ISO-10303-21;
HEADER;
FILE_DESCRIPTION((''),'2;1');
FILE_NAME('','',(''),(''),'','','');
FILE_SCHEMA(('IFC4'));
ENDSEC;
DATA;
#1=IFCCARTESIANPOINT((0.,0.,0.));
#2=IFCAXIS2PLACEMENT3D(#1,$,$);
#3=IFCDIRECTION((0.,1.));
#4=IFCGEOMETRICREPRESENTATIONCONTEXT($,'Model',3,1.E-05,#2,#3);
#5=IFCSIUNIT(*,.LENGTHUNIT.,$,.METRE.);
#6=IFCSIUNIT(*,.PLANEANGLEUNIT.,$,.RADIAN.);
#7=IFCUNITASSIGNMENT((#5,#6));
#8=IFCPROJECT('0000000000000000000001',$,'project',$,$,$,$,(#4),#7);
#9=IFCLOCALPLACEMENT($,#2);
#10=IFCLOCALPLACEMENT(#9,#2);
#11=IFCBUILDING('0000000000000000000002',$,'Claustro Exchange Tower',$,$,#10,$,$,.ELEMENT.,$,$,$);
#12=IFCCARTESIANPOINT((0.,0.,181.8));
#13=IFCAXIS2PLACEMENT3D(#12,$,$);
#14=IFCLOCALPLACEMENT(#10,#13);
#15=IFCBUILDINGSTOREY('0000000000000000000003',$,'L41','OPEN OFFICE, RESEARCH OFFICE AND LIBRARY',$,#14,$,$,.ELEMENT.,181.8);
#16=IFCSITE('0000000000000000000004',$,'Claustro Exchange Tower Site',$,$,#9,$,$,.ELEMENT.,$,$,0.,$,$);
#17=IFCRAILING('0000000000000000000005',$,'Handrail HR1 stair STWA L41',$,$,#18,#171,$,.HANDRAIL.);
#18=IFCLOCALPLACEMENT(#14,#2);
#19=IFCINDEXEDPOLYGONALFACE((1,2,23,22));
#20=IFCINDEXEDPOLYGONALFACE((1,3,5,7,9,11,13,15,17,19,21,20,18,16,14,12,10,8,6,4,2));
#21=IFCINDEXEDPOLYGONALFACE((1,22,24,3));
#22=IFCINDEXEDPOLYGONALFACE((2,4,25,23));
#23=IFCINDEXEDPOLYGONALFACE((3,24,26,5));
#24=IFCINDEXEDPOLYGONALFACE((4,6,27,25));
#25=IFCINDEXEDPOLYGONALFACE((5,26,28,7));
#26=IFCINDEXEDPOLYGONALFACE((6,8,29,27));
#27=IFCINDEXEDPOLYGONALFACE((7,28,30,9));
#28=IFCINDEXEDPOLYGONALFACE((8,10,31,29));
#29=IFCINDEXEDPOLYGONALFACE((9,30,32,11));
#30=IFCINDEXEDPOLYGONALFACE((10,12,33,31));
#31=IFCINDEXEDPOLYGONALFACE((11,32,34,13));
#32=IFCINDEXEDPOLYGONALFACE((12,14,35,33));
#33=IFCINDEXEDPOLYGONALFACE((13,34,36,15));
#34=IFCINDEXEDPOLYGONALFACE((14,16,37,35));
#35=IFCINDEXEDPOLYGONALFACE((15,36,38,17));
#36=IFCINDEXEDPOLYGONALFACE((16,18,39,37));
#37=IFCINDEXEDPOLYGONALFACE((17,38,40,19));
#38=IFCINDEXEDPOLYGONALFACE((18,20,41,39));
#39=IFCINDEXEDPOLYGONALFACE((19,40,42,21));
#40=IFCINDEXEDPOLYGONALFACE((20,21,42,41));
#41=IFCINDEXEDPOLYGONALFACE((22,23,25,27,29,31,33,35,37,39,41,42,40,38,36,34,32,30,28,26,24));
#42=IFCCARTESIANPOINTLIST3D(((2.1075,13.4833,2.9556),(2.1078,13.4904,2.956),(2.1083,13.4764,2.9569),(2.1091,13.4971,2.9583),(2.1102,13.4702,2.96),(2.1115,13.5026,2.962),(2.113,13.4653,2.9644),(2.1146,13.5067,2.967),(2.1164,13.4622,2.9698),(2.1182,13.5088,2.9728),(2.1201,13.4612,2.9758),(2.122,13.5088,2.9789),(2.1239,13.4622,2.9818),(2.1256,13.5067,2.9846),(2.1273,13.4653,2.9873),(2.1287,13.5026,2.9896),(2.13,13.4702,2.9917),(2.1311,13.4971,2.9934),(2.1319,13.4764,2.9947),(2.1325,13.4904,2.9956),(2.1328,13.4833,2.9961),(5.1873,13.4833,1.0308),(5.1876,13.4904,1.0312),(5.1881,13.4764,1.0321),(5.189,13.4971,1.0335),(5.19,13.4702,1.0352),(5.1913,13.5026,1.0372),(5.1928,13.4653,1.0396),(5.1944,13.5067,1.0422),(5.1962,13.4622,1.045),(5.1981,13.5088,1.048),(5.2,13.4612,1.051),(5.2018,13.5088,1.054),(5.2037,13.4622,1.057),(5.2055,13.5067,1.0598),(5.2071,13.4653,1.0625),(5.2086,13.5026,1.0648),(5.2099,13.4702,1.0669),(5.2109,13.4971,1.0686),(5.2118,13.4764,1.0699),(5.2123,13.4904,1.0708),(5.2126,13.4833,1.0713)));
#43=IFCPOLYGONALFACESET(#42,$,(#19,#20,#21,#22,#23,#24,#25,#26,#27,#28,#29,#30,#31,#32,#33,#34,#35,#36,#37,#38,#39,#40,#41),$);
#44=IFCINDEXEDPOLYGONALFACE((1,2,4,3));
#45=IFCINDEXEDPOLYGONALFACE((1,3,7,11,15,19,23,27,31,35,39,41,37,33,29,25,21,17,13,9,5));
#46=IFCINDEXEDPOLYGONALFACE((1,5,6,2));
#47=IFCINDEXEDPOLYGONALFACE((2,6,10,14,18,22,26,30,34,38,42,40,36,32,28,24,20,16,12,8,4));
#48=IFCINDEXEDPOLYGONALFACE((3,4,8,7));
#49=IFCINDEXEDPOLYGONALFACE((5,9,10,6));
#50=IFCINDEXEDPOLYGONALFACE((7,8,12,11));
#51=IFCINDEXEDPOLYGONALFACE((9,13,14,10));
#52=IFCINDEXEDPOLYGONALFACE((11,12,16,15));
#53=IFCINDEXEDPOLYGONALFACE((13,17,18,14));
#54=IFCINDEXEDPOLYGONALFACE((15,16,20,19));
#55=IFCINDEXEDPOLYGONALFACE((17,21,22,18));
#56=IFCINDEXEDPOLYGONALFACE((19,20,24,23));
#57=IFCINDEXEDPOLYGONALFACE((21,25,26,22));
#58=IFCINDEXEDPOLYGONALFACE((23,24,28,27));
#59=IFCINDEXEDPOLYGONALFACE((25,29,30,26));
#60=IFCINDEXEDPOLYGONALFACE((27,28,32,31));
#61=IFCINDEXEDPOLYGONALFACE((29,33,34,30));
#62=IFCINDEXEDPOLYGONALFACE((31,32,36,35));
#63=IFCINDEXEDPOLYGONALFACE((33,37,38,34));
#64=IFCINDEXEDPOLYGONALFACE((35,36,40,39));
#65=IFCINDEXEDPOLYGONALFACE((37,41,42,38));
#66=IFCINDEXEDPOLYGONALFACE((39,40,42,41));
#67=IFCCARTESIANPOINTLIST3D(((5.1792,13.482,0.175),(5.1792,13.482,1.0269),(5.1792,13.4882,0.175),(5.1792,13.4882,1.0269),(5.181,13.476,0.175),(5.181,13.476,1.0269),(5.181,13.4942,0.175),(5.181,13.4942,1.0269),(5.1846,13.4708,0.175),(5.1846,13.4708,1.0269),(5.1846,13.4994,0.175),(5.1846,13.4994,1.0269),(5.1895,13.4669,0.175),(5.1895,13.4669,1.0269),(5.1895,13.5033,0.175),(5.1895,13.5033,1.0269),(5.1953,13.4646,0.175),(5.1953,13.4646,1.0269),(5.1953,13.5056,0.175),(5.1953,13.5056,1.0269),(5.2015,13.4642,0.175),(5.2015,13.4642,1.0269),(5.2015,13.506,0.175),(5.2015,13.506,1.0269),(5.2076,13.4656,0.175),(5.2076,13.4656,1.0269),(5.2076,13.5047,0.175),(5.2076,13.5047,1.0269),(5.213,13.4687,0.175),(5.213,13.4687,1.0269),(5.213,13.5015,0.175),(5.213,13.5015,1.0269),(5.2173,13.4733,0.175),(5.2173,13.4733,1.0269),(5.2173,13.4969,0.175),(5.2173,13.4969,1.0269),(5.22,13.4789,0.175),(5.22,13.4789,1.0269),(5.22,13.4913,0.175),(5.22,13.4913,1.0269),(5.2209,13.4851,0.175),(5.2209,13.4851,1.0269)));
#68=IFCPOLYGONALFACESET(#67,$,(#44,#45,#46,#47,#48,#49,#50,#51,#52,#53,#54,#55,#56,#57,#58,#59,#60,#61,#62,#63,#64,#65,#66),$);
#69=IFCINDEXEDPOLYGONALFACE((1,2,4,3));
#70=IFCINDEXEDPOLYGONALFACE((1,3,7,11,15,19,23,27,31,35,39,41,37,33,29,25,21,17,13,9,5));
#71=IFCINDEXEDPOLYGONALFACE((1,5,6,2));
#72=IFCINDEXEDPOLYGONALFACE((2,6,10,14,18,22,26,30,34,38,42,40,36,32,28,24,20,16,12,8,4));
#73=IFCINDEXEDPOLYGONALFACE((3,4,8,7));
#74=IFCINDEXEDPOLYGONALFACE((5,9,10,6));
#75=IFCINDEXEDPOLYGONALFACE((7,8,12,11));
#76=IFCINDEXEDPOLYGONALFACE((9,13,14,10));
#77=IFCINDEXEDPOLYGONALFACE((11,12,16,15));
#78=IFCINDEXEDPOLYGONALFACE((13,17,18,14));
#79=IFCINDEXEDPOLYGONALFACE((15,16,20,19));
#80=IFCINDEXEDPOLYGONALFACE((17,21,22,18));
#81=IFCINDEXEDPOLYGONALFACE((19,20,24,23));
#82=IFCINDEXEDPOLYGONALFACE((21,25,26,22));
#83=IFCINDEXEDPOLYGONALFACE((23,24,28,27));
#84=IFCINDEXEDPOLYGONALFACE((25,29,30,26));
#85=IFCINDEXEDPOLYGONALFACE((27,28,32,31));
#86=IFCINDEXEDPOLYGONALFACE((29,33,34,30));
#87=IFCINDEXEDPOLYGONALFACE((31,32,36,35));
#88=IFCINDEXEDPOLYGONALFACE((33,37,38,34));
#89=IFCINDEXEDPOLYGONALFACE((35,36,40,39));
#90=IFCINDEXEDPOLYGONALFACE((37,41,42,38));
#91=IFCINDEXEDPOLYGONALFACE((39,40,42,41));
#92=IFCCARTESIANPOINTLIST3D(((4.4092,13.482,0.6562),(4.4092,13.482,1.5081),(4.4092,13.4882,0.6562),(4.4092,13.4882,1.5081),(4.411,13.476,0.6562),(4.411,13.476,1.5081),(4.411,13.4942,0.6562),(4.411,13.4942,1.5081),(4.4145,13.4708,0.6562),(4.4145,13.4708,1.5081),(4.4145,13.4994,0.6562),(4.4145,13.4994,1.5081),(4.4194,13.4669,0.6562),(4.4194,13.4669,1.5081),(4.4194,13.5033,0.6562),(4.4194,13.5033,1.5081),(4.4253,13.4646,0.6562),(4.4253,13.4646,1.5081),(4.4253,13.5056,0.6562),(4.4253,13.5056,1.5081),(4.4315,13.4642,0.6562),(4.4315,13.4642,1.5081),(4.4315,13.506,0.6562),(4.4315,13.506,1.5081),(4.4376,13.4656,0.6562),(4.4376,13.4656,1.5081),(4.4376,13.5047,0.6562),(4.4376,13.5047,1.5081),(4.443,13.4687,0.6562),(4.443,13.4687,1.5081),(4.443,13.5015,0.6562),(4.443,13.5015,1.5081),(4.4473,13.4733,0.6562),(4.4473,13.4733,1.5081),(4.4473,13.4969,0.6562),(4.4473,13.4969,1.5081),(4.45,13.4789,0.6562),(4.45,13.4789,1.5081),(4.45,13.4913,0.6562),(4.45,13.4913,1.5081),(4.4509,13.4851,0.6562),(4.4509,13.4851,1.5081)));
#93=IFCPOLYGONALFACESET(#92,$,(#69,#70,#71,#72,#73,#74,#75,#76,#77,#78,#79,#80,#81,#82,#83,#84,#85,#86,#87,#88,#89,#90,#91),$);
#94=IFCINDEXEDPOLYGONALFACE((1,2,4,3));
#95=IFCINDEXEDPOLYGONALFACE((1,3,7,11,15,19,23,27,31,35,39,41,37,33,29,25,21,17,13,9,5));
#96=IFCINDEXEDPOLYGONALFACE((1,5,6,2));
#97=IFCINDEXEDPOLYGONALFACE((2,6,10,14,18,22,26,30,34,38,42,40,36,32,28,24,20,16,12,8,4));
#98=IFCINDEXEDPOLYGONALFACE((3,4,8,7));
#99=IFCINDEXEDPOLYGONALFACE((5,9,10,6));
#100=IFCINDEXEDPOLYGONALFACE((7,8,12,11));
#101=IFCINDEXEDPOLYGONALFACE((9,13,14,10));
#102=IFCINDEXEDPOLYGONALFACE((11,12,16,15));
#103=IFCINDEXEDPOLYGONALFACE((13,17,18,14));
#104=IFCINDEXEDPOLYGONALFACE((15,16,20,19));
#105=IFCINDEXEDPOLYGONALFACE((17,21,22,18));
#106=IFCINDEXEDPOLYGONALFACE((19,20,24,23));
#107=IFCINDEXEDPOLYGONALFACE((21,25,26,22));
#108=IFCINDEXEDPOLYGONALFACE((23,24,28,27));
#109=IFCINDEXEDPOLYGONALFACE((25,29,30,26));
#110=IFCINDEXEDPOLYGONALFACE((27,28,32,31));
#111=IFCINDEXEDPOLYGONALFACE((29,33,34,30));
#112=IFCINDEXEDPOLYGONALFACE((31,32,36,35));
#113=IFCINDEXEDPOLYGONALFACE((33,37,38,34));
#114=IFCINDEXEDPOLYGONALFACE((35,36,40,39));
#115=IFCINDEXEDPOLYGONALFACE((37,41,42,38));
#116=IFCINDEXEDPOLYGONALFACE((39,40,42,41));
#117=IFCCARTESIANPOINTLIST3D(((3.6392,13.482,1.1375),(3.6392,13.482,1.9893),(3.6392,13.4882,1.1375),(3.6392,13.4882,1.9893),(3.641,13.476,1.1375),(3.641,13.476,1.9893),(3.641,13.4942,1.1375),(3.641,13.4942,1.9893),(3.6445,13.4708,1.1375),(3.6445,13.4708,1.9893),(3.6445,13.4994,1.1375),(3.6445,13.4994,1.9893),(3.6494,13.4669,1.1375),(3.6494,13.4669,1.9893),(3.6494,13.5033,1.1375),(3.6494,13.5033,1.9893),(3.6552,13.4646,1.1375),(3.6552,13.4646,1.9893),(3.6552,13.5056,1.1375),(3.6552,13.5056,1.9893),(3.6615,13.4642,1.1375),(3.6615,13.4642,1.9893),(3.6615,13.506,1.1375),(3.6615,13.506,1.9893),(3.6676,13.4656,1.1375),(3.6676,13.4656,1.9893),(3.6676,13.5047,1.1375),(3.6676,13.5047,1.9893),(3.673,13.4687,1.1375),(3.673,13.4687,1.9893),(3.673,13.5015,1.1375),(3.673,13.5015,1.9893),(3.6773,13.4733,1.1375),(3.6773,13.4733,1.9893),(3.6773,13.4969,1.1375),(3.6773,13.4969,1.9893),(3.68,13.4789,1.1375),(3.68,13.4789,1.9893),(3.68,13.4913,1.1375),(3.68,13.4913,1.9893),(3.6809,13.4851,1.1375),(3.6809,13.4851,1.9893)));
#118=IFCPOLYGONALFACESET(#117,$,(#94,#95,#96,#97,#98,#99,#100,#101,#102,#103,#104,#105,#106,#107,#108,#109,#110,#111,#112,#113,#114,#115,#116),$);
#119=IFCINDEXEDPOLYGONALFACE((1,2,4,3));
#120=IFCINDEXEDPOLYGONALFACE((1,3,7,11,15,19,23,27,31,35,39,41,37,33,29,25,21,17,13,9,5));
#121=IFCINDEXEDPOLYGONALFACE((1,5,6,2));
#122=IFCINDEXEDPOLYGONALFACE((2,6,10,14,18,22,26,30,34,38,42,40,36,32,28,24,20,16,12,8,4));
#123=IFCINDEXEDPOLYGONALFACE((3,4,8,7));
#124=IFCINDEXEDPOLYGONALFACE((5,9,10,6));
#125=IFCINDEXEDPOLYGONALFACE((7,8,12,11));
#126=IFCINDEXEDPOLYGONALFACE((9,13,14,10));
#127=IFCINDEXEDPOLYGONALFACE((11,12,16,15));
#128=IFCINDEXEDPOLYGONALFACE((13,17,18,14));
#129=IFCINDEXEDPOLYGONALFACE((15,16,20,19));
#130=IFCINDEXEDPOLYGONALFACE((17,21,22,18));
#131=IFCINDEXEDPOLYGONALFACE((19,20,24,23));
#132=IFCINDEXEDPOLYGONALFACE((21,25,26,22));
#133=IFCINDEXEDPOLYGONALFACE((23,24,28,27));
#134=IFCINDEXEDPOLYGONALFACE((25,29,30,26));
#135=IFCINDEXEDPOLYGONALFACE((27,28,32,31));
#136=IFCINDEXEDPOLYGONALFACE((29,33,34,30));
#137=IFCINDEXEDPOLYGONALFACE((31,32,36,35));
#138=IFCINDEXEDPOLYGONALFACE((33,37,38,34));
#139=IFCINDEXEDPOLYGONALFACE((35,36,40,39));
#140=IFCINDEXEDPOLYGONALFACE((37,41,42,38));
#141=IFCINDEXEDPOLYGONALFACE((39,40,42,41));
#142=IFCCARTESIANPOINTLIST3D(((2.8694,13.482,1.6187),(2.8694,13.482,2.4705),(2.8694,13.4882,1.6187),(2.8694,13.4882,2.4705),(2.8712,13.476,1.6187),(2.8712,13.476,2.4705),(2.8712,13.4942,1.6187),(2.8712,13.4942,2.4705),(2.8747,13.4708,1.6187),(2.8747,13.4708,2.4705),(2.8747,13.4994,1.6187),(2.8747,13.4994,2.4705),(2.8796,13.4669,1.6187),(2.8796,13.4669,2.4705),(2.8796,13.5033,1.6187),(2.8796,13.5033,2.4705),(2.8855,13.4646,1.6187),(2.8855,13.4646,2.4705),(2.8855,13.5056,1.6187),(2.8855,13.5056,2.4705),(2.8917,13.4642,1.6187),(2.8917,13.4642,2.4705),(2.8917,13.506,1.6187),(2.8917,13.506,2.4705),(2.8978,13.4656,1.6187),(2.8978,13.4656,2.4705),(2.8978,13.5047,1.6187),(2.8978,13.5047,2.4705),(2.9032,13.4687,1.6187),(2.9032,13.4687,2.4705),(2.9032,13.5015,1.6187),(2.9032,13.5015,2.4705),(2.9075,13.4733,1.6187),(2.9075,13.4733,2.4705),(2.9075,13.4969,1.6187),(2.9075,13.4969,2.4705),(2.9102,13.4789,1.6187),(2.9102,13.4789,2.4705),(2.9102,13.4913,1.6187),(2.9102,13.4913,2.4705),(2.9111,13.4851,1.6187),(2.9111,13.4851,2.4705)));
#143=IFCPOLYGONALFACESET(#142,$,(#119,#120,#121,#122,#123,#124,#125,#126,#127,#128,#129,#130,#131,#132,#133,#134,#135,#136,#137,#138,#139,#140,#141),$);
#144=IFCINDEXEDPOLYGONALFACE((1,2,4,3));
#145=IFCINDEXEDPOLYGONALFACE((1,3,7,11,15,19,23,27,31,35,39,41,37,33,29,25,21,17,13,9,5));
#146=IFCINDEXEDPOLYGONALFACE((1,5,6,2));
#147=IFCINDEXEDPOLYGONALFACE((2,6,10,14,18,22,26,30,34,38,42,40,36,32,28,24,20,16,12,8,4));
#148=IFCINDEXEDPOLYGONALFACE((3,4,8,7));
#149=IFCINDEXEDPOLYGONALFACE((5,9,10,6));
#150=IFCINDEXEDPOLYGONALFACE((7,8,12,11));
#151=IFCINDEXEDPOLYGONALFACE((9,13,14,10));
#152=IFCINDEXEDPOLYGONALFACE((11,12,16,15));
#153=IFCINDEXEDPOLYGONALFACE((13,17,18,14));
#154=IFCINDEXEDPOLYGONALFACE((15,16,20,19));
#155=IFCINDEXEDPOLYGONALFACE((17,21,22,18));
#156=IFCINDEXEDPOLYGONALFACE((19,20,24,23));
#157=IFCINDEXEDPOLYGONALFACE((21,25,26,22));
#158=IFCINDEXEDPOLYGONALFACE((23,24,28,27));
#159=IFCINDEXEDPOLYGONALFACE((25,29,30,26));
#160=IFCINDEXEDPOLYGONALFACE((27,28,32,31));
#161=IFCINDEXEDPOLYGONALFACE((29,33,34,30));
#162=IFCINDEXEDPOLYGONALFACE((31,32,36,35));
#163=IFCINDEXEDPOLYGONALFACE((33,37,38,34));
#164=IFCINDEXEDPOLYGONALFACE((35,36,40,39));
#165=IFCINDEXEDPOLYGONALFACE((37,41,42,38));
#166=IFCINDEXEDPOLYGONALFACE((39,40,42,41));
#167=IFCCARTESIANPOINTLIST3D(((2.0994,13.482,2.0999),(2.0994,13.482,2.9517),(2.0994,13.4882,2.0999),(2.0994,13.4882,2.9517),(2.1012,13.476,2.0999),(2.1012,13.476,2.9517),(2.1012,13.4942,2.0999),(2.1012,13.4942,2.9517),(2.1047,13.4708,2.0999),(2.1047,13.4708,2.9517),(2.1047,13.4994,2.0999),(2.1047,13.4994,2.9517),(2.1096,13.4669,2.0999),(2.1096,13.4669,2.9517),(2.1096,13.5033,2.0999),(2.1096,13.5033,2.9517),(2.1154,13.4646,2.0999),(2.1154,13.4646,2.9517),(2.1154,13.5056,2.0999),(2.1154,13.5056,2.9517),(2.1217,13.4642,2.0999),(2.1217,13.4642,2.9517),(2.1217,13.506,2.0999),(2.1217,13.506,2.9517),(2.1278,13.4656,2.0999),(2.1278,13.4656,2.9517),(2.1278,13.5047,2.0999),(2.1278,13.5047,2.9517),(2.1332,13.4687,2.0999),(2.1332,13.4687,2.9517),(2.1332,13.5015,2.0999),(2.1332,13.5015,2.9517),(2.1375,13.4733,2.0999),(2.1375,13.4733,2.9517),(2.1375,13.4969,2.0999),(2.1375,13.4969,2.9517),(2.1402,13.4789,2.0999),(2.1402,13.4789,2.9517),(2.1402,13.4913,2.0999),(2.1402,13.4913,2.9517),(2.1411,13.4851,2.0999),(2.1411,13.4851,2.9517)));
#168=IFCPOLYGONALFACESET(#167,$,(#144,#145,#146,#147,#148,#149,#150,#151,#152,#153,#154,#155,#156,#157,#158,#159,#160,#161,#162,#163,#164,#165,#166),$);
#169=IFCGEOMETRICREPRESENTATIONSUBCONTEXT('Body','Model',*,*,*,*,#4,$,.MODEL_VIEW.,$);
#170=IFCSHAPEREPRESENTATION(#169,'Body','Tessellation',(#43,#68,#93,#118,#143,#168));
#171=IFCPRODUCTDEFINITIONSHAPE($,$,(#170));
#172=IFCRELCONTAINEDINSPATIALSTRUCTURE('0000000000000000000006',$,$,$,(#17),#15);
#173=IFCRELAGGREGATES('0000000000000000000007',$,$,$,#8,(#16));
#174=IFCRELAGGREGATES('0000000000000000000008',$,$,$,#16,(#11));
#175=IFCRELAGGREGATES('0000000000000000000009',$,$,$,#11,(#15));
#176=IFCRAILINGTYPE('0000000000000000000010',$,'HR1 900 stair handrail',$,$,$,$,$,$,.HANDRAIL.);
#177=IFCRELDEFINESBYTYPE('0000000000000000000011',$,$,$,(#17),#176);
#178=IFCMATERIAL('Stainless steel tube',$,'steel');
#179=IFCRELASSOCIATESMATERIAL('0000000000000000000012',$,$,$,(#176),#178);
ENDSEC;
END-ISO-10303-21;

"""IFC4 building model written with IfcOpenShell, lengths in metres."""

from ifc_helpers import new_model, si_unit, direction, frame, origin, origin_2d, place, context, subcontext, project, spatial, circle, extrude, material, type_object, element, save


model = new_model("IFC4")

# Units and contexts
model_context = context("Model", 3, precision=1e-05, world=origin(), true_north=direction((0.0, 1.0)))
body_context = subcontext(model_context, "Body", "Model", "MODEL_VIEW")
ifc_project = project(units=[si_unit("LENGTHUNIT", "METRE"), si_unit("PLANEANGLEUNIT", "RADIAN")], contexts=[model_context])

# Site, building, storey
site_placement = place(None, origin())
site = spatial("IfcSite", under=ifc_project, at=site_placement, Name="Claustro Exchange Tower Site", CompositionType="ELEMENT", RefElevation=0.0)
building_placement = place(site_placement, origin())
building = spatial("IfcBuilding", under=site, at=building_placement, Name="Claustro Exchange Tower", CompositionType="ELEMENT")
storey_placement = place(building_placement, frame((0.0, 0.0, 181.8)))
storey = spatial("IfcBuildingStorey", under=building, at=storey_placement, Name="L41", Description="OPEN OFFICE, RESEARCH OFFICE AND LIBRARY", CompositionType="ELEMENT", Elevation=181.8)

# Railing
ifc_material_1 = material(Name="Stainless steel tube", Category="steel")
railing_type_1 = type_object("IfcRailingType", Name="HR1 900 stair handrail", PredefinedType="HANDRAIL", material=ifc_material_1)
railing_1_placement = place(storey_placement, frame((5.2, 13.4851, 0.175)))
element("IfcRailing", 1, at=railing_1_placement, inside=storey, type_object=railing_type_1, Name="Handrail HR1 stair STWA L41", PredefinedType="HANDRAIL", context=body_context, shape_type="SweptSolid", body=[
    extrude(circle(Radius=0.0239, at=origin_2d()), frame((0.0, 0.0, 0.876), z_axis=(-0.84801, 0.0, 0.529981), x_axis=(0.0, -1.0, 0.0)), (0.0, 0.0, 1.0), 3.6318),
    extrude(circle(Radius=0.021, at=origin_2d()), origin(), (0.0, 0.0, 1.0), 0.8518),
    extrude(circle(Radius=0.021, at=origin_2d()), frame((-0.77, 0.0, 0.4812)), (0.0, 0.0, 1.0), 0.8518),
    extrude(circle(Radius=0.021, at=origin_2d()), frame((-1.54, 0.0, 0.9624)), (0.0, 0.0, 1.0), 0.8518),
    extrude(circle(Radius=0.021, at=origin_2d()), frame((-2.3098, 0.0, 1.4436)), (0.0, 0.0, 1.0), 0.8518),
    extrude(circle(Radius=0.021, at=origin_2d()), frame((-3.0798, 0.0, 1.9248)), (0.0, 0.0, 1.0), 0.8518),
])

save(model, "model.ifc")
